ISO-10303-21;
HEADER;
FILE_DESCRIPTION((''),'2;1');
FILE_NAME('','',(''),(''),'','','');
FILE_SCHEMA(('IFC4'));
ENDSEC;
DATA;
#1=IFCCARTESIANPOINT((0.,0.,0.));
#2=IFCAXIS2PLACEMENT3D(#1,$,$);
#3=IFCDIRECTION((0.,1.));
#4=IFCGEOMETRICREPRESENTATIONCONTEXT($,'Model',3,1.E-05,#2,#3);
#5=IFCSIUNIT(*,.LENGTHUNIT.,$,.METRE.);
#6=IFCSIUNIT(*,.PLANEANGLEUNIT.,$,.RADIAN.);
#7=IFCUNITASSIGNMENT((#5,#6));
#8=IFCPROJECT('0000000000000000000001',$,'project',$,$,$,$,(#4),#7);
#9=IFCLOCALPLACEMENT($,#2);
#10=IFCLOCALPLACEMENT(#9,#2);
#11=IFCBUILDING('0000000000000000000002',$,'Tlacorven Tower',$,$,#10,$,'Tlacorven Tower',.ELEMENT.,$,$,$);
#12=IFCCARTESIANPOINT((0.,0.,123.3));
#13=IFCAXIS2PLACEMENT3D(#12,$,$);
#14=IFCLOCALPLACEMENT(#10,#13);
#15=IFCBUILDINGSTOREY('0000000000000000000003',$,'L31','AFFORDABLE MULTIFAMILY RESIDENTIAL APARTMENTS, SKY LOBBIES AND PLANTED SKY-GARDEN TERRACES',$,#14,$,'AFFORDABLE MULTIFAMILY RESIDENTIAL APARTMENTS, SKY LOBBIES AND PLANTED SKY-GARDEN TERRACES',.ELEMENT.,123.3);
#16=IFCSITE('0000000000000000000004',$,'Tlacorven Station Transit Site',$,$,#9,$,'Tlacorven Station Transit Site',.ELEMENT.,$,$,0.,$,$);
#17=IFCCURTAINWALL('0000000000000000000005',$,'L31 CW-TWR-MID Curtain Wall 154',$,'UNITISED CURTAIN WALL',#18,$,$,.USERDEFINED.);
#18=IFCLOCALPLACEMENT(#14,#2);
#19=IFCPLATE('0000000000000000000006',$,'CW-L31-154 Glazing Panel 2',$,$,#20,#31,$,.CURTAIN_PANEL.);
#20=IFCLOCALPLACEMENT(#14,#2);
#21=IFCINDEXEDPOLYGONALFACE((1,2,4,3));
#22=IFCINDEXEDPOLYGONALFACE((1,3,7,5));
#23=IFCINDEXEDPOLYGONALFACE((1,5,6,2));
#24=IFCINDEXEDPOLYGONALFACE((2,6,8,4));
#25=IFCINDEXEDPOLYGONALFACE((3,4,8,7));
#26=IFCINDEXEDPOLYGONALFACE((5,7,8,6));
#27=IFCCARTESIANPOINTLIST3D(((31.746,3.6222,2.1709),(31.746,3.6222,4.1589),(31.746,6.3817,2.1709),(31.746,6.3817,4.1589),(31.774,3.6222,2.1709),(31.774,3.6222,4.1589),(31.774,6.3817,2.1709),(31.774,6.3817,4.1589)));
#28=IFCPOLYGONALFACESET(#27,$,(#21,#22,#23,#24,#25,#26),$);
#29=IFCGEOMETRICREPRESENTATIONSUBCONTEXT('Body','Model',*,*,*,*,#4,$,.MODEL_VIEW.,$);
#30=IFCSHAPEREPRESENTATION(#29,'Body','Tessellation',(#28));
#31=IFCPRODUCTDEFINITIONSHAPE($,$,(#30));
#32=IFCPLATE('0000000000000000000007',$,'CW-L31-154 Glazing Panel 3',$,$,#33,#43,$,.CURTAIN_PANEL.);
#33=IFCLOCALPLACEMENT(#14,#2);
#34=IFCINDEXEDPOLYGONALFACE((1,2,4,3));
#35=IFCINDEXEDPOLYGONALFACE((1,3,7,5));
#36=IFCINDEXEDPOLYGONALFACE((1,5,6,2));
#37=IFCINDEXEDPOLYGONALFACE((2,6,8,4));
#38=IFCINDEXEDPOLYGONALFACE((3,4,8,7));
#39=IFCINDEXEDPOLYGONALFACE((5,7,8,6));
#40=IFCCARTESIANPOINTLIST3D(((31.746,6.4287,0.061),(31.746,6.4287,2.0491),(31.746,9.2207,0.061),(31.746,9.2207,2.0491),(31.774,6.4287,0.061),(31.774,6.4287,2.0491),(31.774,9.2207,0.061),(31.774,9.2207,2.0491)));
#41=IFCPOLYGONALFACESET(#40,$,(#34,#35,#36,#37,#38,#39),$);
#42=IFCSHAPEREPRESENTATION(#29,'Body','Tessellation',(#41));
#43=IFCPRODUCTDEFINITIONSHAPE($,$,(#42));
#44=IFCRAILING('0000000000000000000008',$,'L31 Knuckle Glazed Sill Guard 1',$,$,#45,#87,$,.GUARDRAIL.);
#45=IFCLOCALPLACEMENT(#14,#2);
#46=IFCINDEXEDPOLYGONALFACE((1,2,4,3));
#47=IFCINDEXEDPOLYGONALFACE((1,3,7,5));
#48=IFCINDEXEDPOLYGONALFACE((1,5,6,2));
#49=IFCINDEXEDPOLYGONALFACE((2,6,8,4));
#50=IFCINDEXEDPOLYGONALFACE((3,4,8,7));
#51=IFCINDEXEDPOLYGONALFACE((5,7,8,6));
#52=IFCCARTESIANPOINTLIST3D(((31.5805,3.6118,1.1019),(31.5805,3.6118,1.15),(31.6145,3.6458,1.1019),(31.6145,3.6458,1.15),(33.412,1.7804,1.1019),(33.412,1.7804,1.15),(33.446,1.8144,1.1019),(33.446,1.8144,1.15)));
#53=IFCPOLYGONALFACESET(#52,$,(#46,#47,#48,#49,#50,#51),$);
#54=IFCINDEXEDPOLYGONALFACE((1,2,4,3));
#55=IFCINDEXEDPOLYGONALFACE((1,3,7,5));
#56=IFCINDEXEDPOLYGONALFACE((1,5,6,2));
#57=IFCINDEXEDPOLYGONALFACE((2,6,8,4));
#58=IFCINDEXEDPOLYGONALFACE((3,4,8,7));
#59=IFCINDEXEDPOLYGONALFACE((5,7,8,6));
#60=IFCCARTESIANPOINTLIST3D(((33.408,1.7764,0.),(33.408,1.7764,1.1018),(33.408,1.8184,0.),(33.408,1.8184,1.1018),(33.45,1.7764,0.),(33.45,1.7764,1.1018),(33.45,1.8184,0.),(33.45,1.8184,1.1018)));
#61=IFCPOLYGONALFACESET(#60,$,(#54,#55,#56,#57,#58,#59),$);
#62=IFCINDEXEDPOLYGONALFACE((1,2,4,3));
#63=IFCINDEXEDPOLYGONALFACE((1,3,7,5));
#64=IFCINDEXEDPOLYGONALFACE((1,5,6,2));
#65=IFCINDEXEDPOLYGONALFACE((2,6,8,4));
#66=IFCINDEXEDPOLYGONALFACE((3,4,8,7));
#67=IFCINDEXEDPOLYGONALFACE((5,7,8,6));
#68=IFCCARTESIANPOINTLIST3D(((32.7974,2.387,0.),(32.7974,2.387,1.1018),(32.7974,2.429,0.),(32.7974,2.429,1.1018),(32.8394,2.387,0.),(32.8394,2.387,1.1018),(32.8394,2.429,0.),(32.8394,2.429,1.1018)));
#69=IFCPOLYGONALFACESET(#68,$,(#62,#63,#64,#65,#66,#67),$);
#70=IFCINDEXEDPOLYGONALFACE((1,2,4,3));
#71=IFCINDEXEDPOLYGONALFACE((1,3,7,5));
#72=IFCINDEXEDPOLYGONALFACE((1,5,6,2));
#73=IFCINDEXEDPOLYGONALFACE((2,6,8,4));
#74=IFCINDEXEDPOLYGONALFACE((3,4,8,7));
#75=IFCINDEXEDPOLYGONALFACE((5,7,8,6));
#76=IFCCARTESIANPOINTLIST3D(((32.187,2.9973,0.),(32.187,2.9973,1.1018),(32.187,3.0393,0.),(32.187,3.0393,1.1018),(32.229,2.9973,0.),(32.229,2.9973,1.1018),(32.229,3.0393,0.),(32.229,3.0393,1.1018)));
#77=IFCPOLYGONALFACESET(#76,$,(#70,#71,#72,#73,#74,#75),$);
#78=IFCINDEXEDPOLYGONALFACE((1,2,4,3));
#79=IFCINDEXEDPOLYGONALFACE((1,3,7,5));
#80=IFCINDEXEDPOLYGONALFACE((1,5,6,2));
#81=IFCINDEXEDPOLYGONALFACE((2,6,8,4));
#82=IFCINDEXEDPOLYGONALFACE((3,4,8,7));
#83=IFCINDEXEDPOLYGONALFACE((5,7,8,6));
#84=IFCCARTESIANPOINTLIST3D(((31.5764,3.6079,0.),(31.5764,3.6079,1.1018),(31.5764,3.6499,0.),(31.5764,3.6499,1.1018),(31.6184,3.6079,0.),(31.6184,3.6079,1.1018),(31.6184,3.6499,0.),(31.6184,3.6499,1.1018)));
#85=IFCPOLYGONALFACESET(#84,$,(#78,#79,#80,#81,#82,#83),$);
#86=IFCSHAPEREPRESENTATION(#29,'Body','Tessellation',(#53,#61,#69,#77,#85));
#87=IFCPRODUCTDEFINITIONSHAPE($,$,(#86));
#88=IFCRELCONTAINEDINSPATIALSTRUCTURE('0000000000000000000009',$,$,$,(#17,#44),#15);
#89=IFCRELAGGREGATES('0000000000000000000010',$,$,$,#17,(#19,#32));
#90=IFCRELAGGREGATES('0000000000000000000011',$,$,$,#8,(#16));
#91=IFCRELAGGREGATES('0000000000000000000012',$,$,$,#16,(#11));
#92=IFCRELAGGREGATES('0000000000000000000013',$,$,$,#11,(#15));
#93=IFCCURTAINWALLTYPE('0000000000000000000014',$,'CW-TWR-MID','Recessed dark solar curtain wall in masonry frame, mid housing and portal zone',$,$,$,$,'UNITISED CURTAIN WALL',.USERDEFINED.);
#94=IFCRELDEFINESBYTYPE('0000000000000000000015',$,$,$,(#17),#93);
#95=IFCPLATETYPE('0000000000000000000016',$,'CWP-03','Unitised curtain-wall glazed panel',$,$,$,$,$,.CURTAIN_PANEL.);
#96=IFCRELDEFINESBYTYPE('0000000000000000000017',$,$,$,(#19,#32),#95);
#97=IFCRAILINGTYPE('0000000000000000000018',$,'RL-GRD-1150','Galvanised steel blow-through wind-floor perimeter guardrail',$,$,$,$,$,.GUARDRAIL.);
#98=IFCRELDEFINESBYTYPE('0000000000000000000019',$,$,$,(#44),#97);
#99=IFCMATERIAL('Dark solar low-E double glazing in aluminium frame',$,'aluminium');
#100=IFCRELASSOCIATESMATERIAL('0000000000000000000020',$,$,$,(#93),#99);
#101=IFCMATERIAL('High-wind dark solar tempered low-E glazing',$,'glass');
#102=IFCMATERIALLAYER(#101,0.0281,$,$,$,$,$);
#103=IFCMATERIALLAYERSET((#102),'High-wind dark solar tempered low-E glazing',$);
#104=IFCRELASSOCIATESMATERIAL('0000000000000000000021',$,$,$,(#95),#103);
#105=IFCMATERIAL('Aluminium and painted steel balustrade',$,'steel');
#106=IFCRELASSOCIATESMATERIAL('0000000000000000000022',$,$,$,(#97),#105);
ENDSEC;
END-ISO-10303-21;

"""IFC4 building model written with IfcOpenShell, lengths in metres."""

from ifc_helpers import new_model, si_unit, direction, frame, origin, origin_2d, place, context, subcontext, project, spatial, rectangle, extrude, source, transform, mapped, material, layer, layer_set, type_object, element, aggregate, save


model = new_model("IFC4")

# Units and contexts
model_context = context("Model", 3, precision=1e-05, world=origin(), true_north=direction((0.0, 1.0)))
body_context = subcontext(model_context, "Body", "Model", "MODEL_VIEW")
ifc_project = project(units=[si_unit("LENGTHUNIT", "METRE"), si_unit("PLANEANGLEUNIT", "RADIAN")], contexts=[model_context])

# Site, building, storey
site_placement = place(None, origin())
site = spatial("IfcSite", under=ifc_project, at=site_placement, Name="Tlacorven Station Transit Site", LongName="Tlacorven Station Transit Site", CompositionType="ELEMENT", RefElevation=0.0)
building_placement = place(site_placement, origin())
building = spatial("IfcBuilding", under=site, at=building_placement, Name="Tlacorven Tower", LongName="Tlacorven Tower", CompositionType="ELEMENT")
storey_placement = place(building_placement, frame((0.0, 0.0, 123.3)))
storey = spatial("IfcBuildingStorey", under=building, at=storey_placement, Name="L31", Description="AFFORDABLE MULTIFAMILY RESIDENTIAL APARTMENTS, SKY LOBBIES AND PLANTED SKY-GARDEN TERRACES", LongName="AFFORDABLE MULTIFAMILY RESIDENTIAL APARTMENTS, SKY LOBBIES AND PLANTED SKY-GARDEN TERRACES", CompositionType="ELEMENT", Elevation=123.3)

# Curtain wall
ifc_material_1 = material(Name="Dark solar low-E double glazing in aluminium frame", Category="aluminium")
curtain_wall_type = type_object("IfcCurtainWallType", Name="CW-TWR-MID", Description="Recessed dark solar curtain wall in masonry frame, mid housing and portal zone", ElementType="UNITISED CURTAIN WALL", PredefinedType="USERDEFINED", material=ifc_material_1)
curtain_wall_1_placement = place(storey_placement, origin())
curtain_wall_1 = element("IfcCurtainWall", 1, at=curtain_wall_1_placement, inside=storey, type_object=curtain_wall_type, Name="L31 CW-TWR-MID Curtain Wall 154", ObjectType="UNITISED CURTAIN WALL", PredefinedType="USERDEFINED")

# Plates
ifc_material_2 = material(Name="High-wind dark solar tempered low-E glazing", Category="glass")
ifc_layer = layer(ifc_material_2, 0.0281)
ifc_layer_set = layer_set([ifc_layer], Name="High-wind dark solar tempered low-E glazing")
plate_type = type_object("IfcPlateType", Name="CWP-03", Description="Unitised curtain-wall glazed panel", PredefinedType="CURTAIN_PANEL", material=ifc_layer_set)
shared_shape_1 = source(origin(), body_context, "Body", "SweptSolid", [
    extrude(rectangle(XDim=2.7595, YDim=0.0281, at=origin_2d()), origin(), (0.0, 0.0, 1.0), 1.988),
])
plate_1_placement = place(storey_placement, frame((31.76, 5.002, 2.1709), z_axis=(0.0, 0.0, 1.0), x_axis=(0.0, 1.0, 0.0)))
plate_1 = element("IfcPlate", 2, at=plate_1_placement, type_object=plate_type, Name="CW-L31-154 Glazing Panel 2", PredefinedType="CURTAIN_PANEL", context=body_context, shape_type="MappedRepresentation", body=[
    mapped(shared_shape_1, transform((0.0, 0.0, 0.0), scale=1.0)),
])
shared_shape_2 = source(origin(), body_context, "Body", "SweptSolid", [
    extrude(rectangle(XDim=2.792, YDim=0.0281, at=origin_2d()), origin(), (0.0, 0.0, 1.0), 1.988),
])
plate_2_placement = place(storey_placement, frame((31.76, 7.8247, 0.061), z_axis=(0.0, 0.0, 1.0), x_axis=(0.0, 1.0, 0.0)))
plate_2 = element("IfcPlate", 3, at=plate_2_placement, type_object=plate_type, Name="CW-L31-154 Glazing Panel 3", PredefinedType="CURTAIN_PANEL", context=body_context, shape_type="MappedRepresentation", body=[
    mapped(shared_shape_2, transform((0.0, 0.0, 0.0), scale=1.0)),
])
aggregate(curtain_wall_1, [plate_1, plate_2])

# Railing
ifc_material_3 = material(Name="Aluminium and painted steel balustrade", Category="steel")
railing_type = type_object("IfcRailingType", Name="RL-GRD-1150", Description="Galvanised steel blow-through wind-floor perimeter guardrail", PredefinedType="GUARDRAIL", material=ifc_material_3)
shared_shape_3 = source(origin(), body_context, "Body", "SweptSolid", [
    extrude(rectangle(XDim=0.0481, YDim=0.0481, at=origin_2d()), frame((0.0, 0.0, 1.126), z_axis=(-0.707107, 0.707107, 0.0), x_axis=(-0.707107, -0.707107, 0.0)), (0.0, 0.0, 1.0), 2.5901),
    extrude(rectangle(XDim=0.042, YDim=0.042, at=origin_2d()), origin(), (0.0, 0.0, 1.0), 1.1018),
    extrude(rectangle(XDim=0.042, YDim=0.042, at=origin_2d()), frame((-0.6106, 0.6106, 0.0)), (0.0, 0.0, 1.0), 1.1018),
    extrude(rectangle(XDim=0.042, YDim=0.042, at=origin_2d()), frame((-1.2209, 1.2209, 0.0)), (0.0, 0.0, 1.0), 1.1018),
    extrude(rectangle(XDim=0.042, YDim=0.042, at=origin_2d()), frame((-1.8315, 1.8315, 0.0)), (0.0, 0.0, 1.0), 1.1018),
])
railing_placement = place(storey_placement, frame((33.429, 1.7974, 0.0)))
element("IfcRailing", 4, at=railing_placement, inside=storey, type_object=railing_type, Name="L31 Knuckle Glazed Sill Guard 1", PredefinedType="GUARDRAIL", context=body_context, shape_type="MappedRepresentation", body=[
    mapped(shared_shape_3, transform((0.0, 0.0, 0.0), scale=1.0)),
])

save(model, "model.ifc")
